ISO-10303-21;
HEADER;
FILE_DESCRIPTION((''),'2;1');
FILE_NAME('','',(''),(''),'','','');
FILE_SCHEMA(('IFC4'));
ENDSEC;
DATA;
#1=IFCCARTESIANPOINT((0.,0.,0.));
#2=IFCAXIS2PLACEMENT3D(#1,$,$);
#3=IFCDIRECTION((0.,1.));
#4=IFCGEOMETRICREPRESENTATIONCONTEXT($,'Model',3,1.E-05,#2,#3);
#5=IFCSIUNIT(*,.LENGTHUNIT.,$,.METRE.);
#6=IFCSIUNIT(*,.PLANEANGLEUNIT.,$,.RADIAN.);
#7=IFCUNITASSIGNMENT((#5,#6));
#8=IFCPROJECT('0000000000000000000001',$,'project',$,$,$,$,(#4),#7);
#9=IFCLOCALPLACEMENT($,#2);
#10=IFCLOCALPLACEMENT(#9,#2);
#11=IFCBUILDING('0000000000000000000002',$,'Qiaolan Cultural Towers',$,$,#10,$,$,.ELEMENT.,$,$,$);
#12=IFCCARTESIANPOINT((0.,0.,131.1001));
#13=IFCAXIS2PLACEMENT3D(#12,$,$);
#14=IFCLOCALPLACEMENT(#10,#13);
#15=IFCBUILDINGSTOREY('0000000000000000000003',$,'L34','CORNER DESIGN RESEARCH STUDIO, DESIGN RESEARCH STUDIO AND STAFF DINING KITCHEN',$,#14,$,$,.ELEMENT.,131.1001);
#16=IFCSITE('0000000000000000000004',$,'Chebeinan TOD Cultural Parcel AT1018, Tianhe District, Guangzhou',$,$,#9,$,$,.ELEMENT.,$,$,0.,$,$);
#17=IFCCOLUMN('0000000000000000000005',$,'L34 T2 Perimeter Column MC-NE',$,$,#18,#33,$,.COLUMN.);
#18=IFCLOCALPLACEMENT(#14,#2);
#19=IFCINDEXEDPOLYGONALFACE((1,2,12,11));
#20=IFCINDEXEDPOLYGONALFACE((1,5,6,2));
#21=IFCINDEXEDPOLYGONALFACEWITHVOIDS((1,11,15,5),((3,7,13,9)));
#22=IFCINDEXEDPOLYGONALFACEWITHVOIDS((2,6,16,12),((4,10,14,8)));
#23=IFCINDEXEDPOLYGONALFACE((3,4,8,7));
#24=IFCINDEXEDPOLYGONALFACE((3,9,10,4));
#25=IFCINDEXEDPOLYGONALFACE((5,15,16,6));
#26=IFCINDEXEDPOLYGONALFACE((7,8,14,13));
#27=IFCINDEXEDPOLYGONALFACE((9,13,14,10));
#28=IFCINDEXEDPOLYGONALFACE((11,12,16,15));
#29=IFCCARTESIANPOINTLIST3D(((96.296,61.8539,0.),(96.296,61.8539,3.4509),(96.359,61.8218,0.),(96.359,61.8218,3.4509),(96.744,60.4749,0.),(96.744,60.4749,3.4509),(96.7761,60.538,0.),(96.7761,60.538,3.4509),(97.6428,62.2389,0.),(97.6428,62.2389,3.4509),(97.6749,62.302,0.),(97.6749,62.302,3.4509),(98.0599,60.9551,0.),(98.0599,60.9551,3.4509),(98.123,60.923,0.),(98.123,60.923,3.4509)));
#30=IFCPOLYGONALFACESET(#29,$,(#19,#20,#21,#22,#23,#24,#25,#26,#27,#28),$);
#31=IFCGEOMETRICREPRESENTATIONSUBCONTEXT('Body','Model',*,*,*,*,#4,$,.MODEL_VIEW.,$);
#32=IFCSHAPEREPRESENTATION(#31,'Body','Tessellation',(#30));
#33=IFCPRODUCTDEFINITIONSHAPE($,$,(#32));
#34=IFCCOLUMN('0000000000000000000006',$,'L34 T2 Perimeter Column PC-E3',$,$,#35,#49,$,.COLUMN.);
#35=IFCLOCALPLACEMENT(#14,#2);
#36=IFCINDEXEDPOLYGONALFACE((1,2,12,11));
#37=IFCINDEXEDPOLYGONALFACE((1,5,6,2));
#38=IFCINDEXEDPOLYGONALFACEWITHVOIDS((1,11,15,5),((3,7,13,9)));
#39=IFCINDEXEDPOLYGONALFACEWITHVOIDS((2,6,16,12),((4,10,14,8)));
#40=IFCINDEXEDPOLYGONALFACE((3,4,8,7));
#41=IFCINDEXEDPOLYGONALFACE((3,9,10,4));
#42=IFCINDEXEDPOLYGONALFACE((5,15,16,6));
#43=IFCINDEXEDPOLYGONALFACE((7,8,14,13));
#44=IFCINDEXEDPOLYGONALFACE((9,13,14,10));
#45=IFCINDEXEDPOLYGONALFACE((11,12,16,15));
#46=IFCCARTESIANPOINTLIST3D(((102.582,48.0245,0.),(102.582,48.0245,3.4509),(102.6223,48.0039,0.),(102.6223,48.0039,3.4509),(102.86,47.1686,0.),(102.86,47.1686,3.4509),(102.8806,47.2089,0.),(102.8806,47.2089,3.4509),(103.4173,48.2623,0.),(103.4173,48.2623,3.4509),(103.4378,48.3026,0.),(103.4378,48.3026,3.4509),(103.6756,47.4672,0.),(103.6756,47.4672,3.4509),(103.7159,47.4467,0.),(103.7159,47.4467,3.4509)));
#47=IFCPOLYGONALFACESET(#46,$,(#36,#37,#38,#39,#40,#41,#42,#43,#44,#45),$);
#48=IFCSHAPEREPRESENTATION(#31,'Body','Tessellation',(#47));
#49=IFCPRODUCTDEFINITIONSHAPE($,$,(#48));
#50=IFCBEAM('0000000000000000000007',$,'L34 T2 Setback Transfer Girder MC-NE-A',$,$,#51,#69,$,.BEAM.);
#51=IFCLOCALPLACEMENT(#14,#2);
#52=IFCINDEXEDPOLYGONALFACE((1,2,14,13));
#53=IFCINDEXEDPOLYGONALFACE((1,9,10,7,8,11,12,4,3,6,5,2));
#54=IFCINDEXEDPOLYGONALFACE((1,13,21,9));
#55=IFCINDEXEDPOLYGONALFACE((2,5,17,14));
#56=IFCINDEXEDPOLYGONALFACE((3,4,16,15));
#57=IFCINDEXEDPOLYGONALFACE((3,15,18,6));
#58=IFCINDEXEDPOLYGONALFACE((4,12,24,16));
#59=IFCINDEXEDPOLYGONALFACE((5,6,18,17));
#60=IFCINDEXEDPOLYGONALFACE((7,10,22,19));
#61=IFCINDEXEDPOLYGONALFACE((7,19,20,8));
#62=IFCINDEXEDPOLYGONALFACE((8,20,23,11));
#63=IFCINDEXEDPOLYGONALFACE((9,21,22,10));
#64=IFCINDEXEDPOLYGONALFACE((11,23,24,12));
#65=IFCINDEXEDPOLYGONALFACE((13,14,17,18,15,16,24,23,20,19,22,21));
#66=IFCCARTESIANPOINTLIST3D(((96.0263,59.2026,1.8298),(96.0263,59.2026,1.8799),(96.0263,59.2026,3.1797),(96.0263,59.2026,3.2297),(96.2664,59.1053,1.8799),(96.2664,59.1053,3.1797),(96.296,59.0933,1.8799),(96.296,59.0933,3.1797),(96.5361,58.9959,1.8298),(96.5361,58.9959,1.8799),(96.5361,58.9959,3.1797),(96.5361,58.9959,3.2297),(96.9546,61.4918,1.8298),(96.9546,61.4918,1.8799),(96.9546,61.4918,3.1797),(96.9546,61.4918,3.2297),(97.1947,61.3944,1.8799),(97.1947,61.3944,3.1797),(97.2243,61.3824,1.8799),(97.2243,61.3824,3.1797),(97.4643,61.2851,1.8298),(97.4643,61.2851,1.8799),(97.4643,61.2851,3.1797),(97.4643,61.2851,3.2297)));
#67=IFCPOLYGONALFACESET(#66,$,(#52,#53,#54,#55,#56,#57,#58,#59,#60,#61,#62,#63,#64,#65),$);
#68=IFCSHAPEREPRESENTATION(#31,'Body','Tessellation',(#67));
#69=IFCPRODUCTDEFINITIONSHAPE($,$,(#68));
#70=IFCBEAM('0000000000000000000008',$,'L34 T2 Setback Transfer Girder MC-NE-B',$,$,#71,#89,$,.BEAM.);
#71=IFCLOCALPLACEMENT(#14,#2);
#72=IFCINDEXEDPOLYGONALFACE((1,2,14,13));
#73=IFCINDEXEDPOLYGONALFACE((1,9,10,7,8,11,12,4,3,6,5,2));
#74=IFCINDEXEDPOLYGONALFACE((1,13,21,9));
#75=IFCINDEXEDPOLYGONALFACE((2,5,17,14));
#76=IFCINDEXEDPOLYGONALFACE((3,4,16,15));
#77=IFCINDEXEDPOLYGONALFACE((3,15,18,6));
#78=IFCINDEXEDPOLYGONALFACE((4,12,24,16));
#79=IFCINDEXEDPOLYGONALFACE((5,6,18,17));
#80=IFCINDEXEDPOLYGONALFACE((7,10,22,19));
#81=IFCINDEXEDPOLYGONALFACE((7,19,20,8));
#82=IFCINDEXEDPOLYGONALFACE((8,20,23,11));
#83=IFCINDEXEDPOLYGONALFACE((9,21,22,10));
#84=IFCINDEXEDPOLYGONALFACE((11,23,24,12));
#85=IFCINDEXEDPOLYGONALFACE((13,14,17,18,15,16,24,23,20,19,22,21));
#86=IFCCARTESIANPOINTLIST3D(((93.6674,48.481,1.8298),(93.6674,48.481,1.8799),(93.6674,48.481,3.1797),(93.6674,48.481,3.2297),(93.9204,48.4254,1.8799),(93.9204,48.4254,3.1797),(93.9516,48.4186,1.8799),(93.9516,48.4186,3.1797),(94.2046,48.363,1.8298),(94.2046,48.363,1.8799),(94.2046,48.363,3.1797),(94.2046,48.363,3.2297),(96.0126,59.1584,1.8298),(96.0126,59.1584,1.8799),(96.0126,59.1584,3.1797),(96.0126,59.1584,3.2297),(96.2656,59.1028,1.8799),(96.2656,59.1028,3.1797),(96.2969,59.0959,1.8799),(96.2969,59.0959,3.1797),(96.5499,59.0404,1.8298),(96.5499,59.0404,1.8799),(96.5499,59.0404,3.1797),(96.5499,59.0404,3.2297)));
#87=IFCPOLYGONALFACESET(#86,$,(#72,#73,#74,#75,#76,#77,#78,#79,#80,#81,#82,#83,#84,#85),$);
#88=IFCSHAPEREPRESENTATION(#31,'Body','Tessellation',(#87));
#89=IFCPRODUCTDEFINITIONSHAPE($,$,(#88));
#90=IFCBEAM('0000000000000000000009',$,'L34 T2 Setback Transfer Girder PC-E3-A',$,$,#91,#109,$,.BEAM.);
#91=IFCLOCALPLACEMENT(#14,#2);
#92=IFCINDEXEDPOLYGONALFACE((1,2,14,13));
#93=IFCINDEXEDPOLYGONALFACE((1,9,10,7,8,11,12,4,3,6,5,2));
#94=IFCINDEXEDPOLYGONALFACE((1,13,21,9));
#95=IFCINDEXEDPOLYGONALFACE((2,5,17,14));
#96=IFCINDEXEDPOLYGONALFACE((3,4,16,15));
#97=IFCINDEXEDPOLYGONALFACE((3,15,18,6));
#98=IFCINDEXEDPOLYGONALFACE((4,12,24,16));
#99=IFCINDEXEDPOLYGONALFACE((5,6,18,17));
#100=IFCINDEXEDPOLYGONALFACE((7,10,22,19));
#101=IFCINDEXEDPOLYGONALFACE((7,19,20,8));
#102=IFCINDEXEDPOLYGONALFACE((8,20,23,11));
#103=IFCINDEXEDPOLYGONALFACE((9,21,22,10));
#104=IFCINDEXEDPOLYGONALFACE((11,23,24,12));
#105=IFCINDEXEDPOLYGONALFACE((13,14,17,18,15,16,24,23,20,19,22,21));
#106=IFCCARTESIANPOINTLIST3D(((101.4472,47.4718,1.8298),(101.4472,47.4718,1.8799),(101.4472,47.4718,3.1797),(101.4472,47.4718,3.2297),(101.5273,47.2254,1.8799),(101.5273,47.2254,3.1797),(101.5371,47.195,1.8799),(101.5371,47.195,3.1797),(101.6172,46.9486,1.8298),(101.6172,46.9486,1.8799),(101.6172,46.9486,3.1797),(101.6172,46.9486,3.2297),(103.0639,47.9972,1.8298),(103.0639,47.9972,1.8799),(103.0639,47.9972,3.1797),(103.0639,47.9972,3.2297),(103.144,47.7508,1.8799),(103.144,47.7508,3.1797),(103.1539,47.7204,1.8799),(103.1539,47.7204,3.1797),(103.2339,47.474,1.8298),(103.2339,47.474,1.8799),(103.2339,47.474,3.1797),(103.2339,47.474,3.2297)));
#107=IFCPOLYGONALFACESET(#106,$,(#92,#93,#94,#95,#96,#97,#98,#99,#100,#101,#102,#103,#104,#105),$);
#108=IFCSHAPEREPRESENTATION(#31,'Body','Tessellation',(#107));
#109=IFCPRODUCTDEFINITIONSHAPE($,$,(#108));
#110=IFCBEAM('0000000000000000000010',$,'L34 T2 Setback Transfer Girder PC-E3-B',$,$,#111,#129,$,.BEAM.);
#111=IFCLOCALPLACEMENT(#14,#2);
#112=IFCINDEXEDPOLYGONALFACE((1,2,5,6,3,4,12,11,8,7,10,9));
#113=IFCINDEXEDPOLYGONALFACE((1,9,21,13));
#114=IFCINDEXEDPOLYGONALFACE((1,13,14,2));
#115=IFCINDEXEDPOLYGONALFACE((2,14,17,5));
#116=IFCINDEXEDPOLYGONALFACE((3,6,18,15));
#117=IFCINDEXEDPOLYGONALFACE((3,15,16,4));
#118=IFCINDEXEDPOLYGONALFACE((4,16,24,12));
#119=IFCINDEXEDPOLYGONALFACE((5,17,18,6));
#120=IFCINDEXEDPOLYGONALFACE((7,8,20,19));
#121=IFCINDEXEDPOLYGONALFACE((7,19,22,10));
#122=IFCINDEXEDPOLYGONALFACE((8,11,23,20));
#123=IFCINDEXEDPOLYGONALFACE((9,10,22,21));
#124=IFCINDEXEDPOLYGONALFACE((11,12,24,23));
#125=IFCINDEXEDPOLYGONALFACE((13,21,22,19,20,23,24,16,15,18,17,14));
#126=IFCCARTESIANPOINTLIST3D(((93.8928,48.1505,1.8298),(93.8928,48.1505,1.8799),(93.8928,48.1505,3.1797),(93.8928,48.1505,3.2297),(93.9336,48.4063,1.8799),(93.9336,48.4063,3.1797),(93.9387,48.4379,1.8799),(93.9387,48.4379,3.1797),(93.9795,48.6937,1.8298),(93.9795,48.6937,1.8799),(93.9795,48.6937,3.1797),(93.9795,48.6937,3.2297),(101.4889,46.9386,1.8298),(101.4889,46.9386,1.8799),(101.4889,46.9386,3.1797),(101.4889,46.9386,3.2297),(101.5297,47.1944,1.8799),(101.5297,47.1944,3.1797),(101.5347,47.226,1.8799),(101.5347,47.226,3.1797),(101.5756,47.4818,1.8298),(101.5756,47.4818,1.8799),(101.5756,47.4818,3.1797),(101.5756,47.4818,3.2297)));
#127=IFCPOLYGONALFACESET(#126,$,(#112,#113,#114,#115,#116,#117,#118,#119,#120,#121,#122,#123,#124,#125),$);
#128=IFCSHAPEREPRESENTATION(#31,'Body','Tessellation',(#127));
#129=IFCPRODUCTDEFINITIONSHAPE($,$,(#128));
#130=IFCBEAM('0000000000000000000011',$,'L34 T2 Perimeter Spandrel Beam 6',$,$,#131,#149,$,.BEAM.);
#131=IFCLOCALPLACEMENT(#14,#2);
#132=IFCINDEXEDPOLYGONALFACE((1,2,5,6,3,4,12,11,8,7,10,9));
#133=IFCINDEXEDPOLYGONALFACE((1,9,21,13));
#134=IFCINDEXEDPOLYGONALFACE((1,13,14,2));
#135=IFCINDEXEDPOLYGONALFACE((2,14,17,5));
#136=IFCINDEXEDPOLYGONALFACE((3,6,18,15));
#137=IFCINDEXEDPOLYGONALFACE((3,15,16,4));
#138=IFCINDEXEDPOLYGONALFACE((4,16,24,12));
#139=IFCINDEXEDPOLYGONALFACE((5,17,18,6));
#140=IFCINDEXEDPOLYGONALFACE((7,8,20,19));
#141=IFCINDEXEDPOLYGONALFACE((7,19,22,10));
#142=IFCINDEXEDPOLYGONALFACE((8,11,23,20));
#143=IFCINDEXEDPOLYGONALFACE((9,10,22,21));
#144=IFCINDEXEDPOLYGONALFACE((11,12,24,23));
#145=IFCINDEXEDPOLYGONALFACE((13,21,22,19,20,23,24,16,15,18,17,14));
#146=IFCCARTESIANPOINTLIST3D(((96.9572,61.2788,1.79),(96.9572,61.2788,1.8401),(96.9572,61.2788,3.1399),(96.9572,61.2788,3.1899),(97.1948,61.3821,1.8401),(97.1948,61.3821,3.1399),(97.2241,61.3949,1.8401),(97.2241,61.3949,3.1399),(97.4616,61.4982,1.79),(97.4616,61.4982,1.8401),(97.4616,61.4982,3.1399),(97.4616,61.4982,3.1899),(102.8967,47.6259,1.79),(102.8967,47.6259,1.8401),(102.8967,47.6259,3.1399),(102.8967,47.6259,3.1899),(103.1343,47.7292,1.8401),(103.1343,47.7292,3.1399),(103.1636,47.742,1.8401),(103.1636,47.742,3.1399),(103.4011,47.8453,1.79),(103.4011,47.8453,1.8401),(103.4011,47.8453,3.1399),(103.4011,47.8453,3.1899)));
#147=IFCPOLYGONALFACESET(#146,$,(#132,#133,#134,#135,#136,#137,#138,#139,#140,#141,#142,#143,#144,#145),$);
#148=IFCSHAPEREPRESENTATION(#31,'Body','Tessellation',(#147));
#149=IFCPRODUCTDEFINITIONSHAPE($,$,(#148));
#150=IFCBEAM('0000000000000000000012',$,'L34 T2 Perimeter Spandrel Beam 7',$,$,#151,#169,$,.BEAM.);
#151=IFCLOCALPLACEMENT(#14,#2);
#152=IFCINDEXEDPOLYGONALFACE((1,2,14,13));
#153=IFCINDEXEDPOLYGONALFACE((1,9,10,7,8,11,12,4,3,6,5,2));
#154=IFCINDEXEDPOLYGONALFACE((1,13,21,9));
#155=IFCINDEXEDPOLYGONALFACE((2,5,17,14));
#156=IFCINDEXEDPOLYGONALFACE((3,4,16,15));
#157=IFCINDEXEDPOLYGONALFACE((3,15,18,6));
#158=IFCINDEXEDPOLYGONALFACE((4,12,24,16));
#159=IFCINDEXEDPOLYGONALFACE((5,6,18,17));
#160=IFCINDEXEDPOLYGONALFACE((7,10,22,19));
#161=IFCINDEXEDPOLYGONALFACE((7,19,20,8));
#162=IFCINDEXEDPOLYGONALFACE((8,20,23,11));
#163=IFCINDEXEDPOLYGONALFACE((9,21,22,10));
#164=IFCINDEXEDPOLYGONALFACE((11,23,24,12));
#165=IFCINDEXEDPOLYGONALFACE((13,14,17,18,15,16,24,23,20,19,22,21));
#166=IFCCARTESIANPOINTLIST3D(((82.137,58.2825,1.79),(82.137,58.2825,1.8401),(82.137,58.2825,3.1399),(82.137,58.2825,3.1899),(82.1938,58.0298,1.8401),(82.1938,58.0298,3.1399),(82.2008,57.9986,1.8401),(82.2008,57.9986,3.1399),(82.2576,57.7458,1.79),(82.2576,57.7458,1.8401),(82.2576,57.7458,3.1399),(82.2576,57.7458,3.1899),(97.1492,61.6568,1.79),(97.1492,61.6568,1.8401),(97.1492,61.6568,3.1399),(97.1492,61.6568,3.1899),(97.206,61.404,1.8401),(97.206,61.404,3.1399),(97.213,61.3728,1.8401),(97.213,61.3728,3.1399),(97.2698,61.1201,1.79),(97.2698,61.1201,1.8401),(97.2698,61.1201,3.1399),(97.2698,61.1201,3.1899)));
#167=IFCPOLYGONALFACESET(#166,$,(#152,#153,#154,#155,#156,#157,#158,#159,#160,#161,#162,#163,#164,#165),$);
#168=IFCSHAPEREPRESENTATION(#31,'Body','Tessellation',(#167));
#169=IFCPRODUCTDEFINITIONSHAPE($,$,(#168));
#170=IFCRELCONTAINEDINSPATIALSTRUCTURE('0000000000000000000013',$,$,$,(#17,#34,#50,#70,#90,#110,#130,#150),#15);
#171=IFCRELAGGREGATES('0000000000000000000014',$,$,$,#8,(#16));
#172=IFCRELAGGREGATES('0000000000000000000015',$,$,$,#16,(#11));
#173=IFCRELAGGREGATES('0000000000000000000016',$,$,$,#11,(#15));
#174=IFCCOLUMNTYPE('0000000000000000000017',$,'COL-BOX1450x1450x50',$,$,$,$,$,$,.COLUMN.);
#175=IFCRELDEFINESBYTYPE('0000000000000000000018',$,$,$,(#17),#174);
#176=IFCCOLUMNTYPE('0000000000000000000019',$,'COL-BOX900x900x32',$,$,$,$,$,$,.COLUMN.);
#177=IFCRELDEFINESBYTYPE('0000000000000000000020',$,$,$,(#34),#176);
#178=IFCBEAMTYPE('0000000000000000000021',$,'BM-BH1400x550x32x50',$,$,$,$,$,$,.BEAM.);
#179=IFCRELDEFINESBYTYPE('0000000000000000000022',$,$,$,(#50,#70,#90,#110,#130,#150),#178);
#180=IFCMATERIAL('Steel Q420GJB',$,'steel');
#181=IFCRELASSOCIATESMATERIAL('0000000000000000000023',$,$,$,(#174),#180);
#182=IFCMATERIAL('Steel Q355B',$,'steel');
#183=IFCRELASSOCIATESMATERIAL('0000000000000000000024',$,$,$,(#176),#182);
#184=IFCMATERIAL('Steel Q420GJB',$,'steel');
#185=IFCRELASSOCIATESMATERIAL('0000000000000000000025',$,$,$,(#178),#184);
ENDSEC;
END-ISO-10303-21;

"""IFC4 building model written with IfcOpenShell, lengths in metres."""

from ifc_helpers import new_model, si_unit, direction, frame, origin, origin_2d, place, context, subcontext, project, spatial, hollow_rectangle, i_section, extrude, material, material_profile, profile_set, type_object, element, save


model = new_model("IFC4")

# Units and contexts
model_context = context("Model", 3, precision=1e-05, world=origin(), true_north=direction((0.0, 1.0)))
body_context = subcontext(model_context, "Body", "Model", "MODEL_VIEW")
ifc_project = project(units=[si_unit("LENGTHUNIT", "METRE"), si_unit("PLANEANGLEUNIT", "RADIAN")], contexts=[model_context])

# Site, building, storey
site_placement = place(None, origin())
site = spatial("IfcSite", under=ifc_project, at=site_placement, Name="Chebeinan TOD Cultural Parcel AT1018, Tianhe District, Guangzhou", CompositionType="ELEMENT", RefElevation=0.0)
building_placement = place(site_placement, origin())
building = spatial("IfcBuilding", under=site, at=building_placement, Name="Qiaolan Cultural Towers", CompositionType="ELEMENT")
storey_placement = place(building_placement, frame((0.0, 0.0, 131.1001)))
storey = spatial("IfcBuildingStorey", under=building, at=storey_placement, Name="L34", Description="CORNER DESIGN RESEARCH STUDIO, DESIGN RESEARCH STUDIO AND STAFF DINING KITCHEN", CompositionType="ELEMENT", Elevation=131.1001)

# Columns
ifc_material_1 = material(Name="Steel Q420GJB", Category="steel")
ifc_material_profile_1 = material_profile(ifc_material_1, hollow_rectangle(XDim=1.45, YDim=1.45, WallThickness=0.05, at=origin_2d()), Name="BOX1450x1450x50")
ifc_profile_set_1 = profile_set([ifc_material_profile_1], Name="Steel Q420GJB")
column_type_1 = type_object("IfcColumnType", Name="COL-BOX1450x1450x50", PredefinedType="COLUMN", material=ifc_profile_set_1)
column_1_placement = place(storey_placement, frame((97.2095, 61.3884, 0.0), z_axis=(0.0, 0.0, 1.0), x_axis=(0.951057, 0.309017, 0.0)))
element("IfcColumn", 1, at=column_1_placement, inside=storey, type_object=column_type_1, Name="L34 T2 Perimeter Column MC-NE", PredefinedType="COLUMN", context=body_context, shape_type="SweptSolid", body=[
    extrude(hollow_rectangle(XDim=1.45, YDim=1.45, WallThickness=0.05, at=origin_2d()), origin(), (0.0, 0.0, 1.0), 3.4509),
])
ifc_material_2 = material(Name="Steel Q355B", Category="steel")
ifc_material_profile_2 = material_profile(ifc_material_2, hollow_rectangle(XDim=0.8999, YDim=0.8999, WallThickness=0.032, at=origin_2d()), Name="BOX900x900x32")
ifc_profile_set_2 = profile_set([ifc_material_profile_2], Name="Steel Q355B")
column_type_2 = type_object("IfcColumnType", Name="COL-BOX900x900x32", PredefinedType="COLUMN", material=ifc_profile_set_2)
column_2_placement = place(storey_placement, frame((103.1489, 47.7356, 0.0), z_axis=(0.0, 0.0, 1.0), x_axis=(0.951057, 0.309017, 0.0)))
element("IfcColumn", 2, at=column_2_placement, inside=storey, type_object=column_type_2, Name="L34 T2 Perimeter Column PC-E3", PredefinedType="COLUMN", context=body_context, shape_type="SweptSolid", body=[
    extrude(hollow_rectangle(XDim=0.8999, YDim=0.8999, WallThickness=0.032, at=origin_2d()), origin(), (0.0, 0.0, 1.0), 3.4509),
])

# Beams
ifc_material_3 = material(Name="Steel Q420GJB", Category="steel")
ifc_material_profile_3 = material_profile(ifc_material_3, i_section(OverallWidth=0.55, OverallDepth=1.3999, WebThickness=0.032, FlangeThickness=0.05, at=origin_2d()), Name="BH1400x550x32x50")
ifc_profile_set_3 = profile_set([ifc_material_profile_3], Name="Steel Q420GJB")
beam_type_1 = type_object("IfcBeamType", Name="BM-BH1400x550x32x50", PredefinedType="BEAM", material=ifc_profile_set_3)
beam_1_placement = place(storey_placement, frame((97.2095, 61.3884, 2.5298), z_axis=(-0.375783, -0.926708, 0.0), x_axis=(0.926708, -0.375783, 0.0)))
element("IfcBeam", 3, at=beam_1_placement, inside=storey, type_object=beam_type_1, Name="L34 T2 Setback Transfer Girder MC-NE-A", PredefinedType="BEAM", context=body_context, shape_type="SweptSolid", body=[
    extrude(i_section(OverallWidth=0.55, OverallDepth=1.3999, WebThickness=0.032, FlangeThickness=0.05, at=origin_2d()), origin(), (0.0, 0.0, 1.0), 2.4702),
])
beam_2_placement = place(storey_placement, frame((96.2812, 59.0994, 2.5298), z_axis=(-0.214532, -0.976717, 0.0), x_axis=(0.976717, -0.214532, 0.0)))
element("IfcBeam", 4, at=beam_2_placement, inside=storey, type_object=beam_type_1, Name="L34 T2 Setback Transfer Girder MC-NE-B", PredefinedType="BEAM", context=body_context, shape_type="SweptSolid", body=[
    extrude(i_section(OverallWidth=0.55, OverallDepth=1.3999, WebThickness=0.032, FlangeThickness=0.05, at=origin_2d()), origin(), (0.0, 0.0, 1.0), 10.9319),
])
beam_3_placement = place(storey_placement, frame((103.1489, 47.7356, 2.5298), z_axis=(-0.95104, -0.309067, 0.0), x_axis=(0.309067, -0.95104, 0.0)))
element("IfcBeam", 5, at=beam_3_placement, inside=storey, type_object=beam_type_1, Name="L34 T2 Setback Transfer Girder PC-E3-A", PredefinedType="BEAM", context=body_context, shape_type="SweptSolid", body=[
    extrude(i_section(OverallWidth=0.55, OverallDepth=1.3999, WebThickness=0.032, FlangeThickness=0.05, at=origin_2d()), origin(), (0.0, 0.0, 1.0), 1.7),
])
beam_4_placement = place(storey_placement, frame((101.5322, 47.2102, 2.5298), z_axis=(-0.987511, 0.15755, 0.0), x_axis=(-0.15755, -0.987511, 0.0)))
element("IfcBeam", 6, at=beam_4_placement, inside=storey, type_object=beam_type_1, Name="L34 T2 Setback Transfer Girder PC-E3-B", PredefinedType="BEAM", context=body_context, shape_type="SweptSolid", body=[
    extrude(i_section(OverallWidth=0.55, OverallDepth=1.3999, WebThickness=0.032, FlangeThickness=0.05, at=origin_2d()), origin(), (0.0, 0.0, 1.0), 7.6921),
])
beam_5_placement = place(storey_placement, frame((103.1489, 47.7356, 2.49), z_axis=(-0.39892, 0.916986, 0.0), x_axis=(-0.916986, -0.39892, 0.0)))
element("IfcBeam", 7, at=beam_5_placement, inside=storey, type_object=beam_type_1, Name="L34 T2 Perimeter Spandrel Beam 6", PredefinedType="BEAM", context=body_context, shape_type="SweptSolid", body=[
    extrude(i_section(OverallWidth=0.55, OverallDepth=1.3999, WebThickness=0.032, FlangeThickness=0.05, at=origin_2d()), origin(), (0.0, 0.0, 1.0), 14.8889),
])
beam_6_placement = place(storey_placement, frame((97.2095, 61.3884, 2.49), z_axis=(-0.975658, -0.219297, 0.0), x_axis=(0.219297, -0.975658, 0.0)))
element("IfcBeam", 8, at=beam_6_placement, inside=storey, type_object=beam_type_1, Name="L34 T2 Perimeter Spandrel Beam 7", PredefinedType="BEAM", context=body_context, shape_type="SweptSolid", body=[
    extrude(i_section(OverallWidth=0.55, OverallDepth=1.3999, WebThickness=0.032, FlangeThickness=0.05, at=origin_2d()), origin(), (0.0, 0.0, 1.0), 15.3867),
])

save(model, "model.ifc")
